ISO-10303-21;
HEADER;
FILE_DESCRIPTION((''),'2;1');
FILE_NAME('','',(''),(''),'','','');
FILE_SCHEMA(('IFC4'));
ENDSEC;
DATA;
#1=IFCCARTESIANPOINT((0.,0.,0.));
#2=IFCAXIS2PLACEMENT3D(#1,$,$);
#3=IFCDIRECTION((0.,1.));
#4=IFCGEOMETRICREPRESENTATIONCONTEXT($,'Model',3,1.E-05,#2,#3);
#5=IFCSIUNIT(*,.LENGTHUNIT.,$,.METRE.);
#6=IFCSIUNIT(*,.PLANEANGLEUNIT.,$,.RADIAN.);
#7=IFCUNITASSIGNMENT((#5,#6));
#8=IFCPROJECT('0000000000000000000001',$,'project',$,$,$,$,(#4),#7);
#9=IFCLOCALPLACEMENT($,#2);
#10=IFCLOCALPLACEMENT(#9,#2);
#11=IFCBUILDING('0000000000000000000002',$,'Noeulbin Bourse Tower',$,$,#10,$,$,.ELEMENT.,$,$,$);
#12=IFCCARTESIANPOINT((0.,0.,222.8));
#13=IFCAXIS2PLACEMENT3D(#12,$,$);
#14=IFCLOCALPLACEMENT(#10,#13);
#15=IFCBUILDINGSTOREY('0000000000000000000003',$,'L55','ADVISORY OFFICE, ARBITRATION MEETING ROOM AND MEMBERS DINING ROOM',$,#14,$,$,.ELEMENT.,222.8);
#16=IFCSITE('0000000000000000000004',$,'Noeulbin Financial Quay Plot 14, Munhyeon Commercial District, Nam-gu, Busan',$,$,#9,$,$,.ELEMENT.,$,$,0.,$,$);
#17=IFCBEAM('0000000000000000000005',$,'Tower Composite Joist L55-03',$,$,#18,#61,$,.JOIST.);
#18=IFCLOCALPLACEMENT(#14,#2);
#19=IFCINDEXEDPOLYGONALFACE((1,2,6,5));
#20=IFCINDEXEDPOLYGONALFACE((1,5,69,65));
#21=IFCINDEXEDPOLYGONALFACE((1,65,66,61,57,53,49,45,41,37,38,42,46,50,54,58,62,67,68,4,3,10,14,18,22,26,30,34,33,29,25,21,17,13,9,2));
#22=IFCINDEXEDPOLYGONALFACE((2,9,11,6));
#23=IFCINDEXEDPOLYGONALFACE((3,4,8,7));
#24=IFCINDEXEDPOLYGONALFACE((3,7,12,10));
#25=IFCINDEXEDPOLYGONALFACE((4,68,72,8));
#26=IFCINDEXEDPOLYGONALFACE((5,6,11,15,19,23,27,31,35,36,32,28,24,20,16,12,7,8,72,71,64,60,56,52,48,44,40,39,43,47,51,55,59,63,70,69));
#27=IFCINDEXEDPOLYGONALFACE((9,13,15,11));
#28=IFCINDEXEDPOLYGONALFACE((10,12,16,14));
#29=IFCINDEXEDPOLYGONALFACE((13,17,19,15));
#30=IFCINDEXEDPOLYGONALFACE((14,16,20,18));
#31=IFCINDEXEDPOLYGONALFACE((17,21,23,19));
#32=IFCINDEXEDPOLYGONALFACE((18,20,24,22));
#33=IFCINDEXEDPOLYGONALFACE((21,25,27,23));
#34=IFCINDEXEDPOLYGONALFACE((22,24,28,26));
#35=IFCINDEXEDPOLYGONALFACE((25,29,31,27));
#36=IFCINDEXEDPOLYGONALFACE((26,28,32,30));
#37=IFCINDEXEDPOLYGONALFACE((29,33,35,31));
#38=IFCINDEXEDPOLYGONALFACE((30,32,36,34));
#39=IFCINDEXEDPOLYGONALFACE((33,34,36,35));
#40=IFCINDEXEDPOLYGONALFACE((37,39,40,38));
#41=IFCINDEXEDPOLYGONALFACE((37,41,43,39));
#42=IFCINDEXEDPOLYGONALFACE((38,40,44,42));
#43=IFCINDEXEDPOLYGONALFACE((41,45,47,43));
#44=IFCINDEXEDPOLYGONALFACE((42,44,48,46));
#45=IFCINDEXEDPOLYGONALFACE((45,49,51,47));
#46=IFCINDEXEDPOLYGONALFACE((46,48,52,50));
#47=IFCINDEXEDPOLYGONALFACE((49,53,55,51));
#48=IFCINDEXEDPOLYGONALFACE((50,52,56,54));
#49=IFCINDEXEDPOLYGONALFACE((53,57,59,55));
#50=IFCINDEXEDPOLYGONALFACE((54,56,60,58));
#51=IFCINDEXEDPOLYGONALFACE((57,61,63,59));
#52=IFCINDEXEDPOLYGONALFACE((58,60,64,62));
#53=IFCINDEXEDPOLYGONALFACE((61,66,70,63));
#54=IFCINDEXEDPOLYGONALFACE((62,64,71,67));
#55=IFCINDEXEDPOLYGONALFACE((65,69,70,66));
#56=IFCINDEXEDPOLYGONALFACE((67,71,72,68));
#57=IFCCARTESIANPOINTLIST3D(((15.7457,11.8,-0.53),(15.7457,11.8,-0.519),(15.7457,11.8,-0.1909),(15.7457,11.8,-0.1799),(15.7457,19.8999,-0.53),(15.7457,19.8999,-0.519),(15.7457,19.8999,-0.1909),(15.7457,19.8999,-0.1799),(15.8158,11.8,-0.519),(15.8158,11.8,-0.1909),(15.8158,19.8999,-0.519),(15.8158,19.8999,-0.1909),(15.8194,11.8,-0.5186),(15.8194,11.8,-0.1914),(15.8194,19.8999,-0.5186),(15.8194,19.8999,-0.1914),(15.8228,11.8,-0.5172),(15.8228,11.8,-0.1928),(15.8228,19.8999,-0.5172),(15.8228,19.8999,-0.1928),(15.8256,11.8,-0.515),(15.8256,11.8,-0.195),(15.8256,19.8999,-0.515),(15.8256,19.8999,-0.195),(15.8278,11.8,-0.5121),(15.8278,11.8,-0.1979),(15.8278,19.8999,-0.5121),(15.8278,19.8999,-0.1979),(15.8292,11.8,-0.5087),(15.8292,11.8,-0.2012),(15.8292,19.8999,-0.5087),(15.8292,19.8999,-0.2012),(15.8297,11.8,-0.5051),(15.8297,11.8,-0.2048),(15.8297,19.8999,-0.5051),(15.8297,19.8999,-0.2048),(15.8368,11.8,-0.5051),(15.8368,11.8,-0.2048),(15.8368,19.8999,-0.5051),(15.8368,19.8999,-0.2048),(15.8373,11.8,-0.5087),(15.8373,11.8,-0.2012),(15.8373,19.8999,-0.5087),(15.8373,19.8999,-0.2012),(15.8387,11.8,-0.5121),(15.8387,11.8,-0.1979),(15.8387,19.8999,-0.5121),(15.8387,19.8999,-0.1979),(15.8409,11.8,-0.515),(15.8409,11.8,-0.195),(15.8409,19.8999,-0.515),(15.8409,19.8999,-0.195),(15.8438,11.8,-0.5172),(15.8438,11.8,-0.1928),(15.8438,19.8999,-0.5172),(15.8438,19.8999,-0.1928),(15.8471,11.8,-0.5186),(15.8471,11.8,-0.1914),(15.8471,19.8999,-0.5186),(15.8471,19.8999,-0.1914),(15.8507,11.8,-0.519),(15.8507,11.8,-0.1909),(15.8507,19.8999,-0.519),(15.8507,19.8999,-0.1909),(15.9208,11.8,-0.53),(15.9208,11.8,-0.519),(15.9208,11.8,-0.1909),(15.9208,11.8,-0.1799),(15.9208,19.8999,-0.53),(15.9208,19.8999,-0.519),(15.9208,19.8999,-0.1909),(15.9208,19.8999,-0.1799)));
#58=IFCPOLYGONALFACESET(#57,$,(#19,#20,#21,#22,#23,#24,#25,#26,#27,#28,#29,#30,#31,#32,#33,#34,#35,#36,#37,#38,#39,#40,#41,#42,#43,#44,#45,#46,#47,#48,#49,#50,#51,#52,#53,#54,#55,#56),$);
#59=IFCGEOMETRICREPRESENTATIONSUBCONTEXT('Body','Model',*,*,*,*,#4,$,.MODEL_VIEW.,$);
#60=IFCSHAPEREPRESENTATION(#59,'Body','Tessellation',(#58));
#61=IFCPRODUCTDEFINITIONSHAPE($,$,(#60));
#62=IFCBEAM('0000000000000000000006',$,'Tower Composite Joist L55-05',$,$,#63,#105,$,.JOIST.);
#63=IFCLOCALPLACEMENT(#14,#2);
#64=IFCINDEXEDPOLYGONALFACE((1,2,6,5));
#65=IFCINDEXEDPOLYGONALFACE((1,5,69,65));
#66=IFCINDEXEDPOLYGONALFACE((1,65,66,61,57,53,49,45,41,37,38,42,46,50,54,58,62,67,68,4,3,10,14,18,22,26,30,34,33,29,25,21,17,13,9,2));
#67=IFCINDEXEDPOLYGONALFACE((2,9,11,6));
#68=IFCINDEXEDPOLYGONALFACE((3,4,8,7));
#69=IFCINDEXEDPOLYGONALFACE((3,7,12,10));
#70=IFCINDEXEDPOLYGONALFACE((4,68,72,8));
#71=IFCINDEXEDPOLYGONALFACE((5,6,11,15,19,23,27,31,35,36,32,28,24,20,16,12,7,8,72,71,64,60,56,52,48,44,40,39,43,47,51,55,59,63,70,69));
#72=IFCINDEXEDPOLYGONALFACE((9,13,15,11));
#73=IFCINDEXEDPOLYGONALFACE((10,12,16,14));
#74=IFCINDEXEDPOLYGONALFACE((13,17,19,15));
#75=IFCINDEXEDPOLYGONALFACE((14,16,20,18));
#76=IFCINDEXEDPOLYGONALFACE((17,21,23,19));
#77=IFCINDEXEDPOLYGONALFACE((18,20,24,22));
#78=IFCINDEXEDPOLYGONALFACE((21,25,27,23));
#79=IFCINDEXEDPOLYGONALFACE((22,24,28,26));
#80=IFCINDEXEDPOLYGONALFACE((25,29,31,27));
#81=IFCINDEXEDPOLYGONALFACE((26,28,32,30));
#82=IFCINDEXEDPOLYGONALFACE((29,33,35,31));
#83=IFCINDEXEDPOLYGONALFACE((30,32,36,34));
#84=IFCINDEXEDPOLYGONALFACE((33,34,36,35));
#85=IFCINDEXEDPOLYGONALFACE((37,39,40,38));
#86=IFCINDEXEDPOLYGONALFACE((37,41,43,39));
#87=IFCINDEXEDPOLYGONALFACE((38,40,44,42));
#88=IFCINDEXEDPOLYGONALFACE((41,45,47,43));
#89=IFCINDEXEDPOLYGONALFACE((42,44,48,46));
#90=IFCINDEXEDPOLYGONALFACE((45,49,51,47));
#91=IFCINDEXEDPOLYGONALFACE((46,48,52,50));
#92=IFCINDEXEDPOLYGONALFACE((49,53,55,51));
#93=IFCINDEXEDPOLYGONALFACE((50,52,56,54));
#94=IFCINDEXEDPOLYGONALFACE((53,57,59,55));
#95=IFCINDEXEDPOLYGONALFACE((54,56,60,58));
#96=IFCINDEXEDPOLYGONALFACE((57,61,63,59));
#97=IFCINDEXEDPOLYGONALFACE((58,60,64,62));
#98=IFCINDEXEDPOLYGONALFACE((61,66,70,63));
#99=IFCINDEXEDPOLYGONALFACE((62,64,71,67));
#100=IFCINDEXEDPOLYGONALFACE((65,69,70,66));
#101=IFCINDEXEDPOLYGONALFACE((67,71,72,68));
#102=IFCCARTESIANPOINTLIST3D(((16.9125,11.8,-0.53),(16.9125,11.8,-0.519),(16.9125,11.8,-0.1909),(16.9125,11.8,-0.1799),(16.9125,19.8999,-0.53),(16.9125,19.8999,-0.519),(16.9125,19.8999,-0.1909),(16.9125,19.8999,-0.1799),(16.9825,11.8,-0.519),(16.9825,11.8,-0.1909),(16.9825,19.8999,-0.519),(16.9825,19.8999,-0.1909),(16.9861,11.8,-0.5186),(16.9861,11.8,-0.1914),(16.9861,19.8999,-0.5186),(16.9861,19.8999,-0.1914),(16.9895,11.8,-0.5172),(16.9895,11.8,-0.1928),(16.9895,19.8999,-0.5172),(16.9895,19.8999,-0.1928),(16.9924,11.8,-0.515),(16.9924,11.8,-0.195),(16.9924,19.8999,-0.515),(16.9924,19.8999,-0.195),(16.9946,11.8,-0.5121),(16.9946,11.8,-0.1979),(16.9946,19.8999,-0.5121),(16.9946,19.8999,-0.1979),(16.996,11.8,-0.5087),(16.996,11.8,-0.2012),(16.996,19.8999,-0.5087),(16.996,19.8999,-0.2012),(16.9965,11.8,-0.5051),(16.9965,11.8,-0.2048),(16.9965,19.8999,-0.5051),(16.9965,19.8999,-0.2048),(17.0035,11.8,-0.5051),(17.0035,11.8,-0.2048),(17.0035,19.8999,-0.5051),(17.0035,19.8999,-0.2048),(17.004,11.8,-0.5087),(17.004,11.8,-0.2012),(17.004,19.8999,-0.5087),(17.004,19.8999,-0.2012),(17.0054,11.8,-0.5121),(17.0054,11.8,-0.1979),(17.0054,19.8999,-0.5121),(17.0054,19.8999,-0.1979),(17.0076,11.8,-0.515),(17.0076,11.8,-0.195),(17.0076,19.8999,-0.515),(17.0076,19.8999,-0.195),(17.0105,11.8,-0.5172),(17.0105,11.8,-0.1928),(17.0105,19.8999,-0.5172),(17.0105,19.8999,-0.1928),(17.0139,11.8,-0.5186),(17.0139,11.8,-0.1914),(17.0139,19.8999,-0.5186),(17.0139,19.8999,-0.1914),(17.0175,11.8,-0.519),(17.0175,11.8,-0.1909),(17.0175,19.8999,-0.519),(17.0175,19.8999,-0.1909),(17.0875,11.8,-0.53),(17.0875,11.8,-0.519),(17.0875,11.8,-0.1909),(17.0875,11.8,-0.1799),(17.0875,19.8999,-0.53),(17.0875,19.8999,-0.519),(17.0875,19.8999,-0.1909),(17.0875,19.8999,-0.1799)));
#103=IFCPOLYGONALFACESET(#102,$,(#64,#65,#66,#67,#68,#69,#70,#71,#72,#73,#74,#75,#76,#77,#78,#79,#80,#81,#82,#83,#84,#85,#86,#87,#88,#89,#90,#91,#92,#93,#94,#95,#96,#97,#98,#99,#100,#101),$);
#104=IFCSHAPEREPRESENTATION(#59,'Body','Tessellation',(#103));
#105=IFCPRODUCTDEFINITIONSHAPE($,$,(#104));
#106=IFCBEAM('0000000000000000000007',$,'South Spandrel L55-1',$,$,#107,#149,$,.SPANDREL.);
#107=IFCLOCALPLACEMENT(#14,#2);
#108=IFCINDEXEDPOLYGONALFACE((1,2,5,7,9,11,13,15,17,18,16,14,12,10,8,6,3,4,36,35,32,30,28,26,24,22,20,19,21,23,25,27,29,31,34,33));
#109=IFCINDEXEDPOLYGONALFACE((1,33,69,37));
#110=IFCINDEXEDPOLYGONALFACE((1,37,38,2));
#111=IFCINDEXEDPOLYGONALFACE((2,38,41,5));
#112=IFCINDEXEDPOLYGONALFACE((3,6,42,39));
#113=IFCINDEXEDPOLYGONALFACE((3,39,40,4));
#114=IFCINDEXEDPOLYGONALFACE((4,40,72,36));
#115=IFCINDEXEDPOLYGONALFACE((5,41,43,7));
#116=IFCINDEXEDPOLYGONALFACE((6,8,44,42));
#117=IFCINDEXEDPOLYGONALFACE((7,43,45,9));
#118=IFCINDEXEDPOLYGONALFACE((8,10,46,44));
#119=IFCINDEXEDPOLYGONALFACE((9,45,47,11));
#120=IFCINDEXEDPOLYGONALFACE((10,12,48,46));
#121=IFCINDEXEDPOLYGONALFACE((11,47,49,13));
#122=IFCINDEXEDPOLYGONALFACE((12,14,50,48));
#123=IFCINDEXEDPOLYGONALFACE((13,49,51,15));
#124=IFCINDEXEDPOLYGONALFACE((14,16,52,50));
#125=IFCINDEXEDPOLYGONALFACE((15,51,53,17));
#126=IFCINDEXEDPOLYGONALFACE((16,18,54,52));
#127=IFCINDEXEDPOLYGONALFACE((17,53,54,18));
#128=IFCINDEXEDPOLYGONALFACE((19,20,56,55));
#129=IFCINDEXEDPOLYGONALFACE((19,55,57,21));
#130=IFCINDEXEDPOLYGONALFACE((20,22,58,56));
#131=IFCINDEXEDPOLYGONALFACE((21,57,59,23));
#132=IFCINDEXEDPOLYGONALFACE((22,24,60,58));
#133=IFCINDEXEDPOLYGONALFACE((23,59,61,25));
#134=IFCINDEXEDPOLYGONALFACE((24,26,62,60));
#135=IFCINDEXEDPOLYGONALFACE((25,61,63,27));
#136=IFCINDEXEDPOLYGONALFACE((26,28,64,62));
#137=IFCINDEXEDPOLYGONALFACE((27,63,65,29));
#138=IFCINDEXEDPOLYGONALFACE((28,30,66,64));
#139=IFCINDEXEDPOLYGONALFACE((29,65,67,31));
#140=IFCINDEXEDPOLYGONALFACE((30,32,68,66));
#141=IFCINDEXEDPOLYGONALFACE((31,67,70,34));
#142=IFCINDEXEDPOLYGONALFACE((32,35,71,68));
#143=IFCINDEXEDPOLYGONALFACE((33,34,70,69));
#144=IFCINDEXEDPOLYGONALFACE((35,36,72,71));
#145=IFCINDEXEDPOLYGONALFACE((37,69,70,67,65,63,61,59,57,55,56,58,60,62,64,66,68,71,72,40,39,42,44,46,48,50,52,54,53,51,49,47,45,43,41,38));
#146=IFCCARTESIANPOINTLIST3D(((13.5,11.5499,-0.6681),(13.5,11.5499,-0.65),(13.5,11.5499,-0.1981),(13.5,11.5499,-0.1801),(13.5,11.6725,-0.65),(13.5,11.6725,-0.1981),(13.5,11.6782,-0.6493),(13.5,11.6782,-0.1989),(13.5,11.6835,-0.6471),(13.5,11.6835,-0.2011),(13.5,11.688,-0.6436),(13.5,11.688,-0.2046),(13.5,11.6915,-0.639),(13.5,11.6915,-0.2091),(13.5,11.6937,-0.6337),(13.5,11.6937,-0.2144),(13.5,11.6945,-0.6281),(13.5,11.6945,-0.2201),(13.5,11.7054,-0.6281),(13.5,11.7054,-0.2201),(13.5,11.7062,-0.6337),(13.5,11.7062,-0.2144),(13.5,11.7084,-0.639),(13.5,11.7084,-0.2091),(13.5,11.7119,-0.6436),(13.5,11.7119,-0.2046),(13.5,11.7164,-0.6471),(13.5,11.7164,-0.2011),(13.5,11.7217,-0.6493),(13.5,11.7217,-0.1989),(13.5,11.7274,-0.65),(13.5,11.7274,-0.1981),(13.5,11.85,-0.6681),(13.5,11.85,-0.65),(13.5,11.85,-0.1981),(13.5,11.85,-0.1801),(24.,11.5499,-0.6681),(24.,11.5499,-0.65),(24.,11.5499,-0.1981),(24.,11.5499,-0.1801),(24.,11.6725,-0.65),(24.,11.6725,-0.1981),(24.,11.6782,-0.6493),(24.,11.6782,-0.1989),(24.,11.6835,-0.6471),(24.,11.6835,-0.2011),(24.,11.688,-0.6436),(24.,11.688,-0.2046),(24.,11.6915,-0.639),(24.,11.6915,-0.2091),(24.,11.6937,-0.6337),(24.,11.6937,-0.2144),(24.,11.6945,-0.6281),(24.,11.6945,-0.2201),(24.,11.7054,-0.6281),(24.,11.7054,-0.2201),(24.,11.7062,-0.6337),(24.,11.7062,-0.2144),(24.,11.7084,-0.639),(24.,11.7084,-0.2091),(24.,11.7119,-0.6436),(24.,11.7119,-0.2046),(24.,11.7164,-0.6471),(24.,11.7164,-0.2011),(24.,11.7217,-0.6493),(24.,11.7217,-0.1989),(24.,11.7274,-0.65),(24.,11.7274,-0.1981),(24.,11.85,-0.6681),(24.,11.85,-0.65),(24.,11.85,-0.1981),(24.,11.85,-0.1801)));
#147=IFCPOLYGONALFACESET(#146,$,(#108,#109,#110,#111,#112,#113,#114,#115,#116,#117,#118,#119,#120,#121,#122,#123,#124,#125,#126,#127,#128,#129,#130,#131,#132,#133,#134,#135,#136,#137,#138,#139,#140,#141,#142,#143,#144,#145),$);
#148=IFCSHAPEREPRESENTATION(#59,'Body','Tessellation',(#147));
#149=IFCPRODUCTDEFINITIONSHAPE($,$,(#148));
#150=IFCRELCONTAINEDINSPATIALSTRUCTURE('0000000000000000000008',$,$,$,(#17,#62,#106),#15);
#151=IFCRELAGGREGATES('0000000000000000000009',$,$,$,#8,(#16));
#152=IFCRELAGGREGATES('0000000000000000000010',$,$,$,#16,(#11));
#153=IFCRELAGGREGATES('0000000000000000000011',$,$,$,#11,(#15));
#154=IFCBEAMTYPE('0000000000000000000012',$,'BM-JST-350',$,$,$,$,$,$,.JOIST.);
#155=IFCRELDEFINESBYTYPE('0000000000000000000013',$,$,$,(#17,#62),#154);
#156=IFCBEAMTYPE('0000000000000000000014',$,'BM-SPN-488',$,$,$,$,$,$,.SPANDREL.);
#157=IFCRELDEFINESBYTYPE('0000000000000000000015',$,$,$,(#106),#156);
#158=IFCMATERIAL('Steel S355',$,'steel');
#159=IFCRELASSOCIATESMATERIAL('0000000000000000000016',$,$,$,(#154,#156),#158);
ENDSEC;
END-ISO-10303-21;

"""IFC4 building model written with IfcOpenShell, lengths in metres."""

from ifc_helpers import new_model, si_unit, direction, frame, origin, origin_2d, place, context, subcontext, project, spatial, i_section, extrude, material, material_profile, profile_set, type_object, element, save


model = new_model("IFC4")

# Units and contexts
model_context = context("Model", 3, precision=1e-05, world=origin(), true_north=direction((0.0, 1.0)))
body_context = subcontext(model_context, "Body", "Model", "MODEL_VIEW")
ifc_project = project(units=[si_unit("LENGTHUNIT", "METRE"), si_unit("PLANEANGLEUNIT", "RADIAN")], contexts=[model_context])

# Site, building, storey
site_placement = place(None, origin())
site = spatial("IfcSite", under=ifc_project, at=site_placement, Name="Noeulbin Financial Quay Plot 14, Munhyeon Commercial District, Nam-gu, Busan", CompositionType="ELEMENT", RefElevation=0.0)
building_placement = place(site_placement, origin())
building = spatial("IfcBuilding", under=site, at=building_placement, Name="Noeulbin Bourse Tower", CompositionType="ELEMENT")
storey_placement = place(building_placement, frame((0.0, 0.0, 222.8)))
storey = spatial("IfcBuildingStorey", under=building, at=storey_placement, Name="L55", Description="ADVISORY OFFICE, ARBITRATION MEETING ROOM AND MEMBERS DINING ROOM", CompositionType="ELEMENT", Elevation=222.8)

# Shared definitions
ifc_material_1 = material(Name="Steel S355", Category="steel")

# Beams
ifc_material_profile_1 = material_profile(ifc_material_1, i_section(OverallWidth=0.175, OverallDepth=0.3501, WebThickness=0.0071, FlangeThickness=0.011, FilletRadius=0.0139, at=origin_2d()), Name="H-350x175x7x11", Category="LoadBearing")
ifc_profile_set_1 = profile_set([ifc_material_profile_1], Name="Steel S355")
beam_type_1 = type_object("IfcBeamType", Name="BM-JST-350", PredefinedType="JOIST", material=ifc_profile_set_1)
for number, where, z_axis, x_axis, name in (
    (1, (15.8333, 11.8, -0.355), (0.0, 1.0, 0.0), (-1.0, 0.0, 0.0), "Tower Composite Joist L55-03"),
    (2, (17.0, 11.8, -0.355), (0.0, 1.0, 0.0), (-1.0, 0.0, 0.0), "Tower Composite Joist L55-05"),
):
    element("IfcBeam", number, at=place(storey_placement, frame(where, z_axis=z_axis, x_axis=x_axis)), inside=storey, type_object=beam_type_1, Name=name, PredefinedType="JOIST", context=body_context, shape_type="SweptSolid", body=[
        extrude(i_section(OverallWidth=0.175, OverallDepth=0.3501, WebThickness=0.0071, FlangeThickness=0.011, FilletRadius=0.0139, at=origin_2d()), origin(), (0.0, 0.0, 1.0), 8.0999),
    ])
ifc_material_profile_2 = material_profile(ifc_material_1, i_section(OverallWidth=0.3, OverallDepth=0.488, WebThickness=0.011, FlangeThickness=0.0181, FilletRadius=0.022, at=origin_2d()), Name="H-488x300x11x18", Category="LoadBearing")
ifc_profile_set_2 = profile_set([ifc_material_profile_2], Name="Steel S355")
beam_type_2 = type_object("IfcBeamType", Name="BM-SPN-488", PredefinedType="SPANDREL", material=ifc_profile_set_2)
beam_1_placement = place(storey_placement, frame((13.5, 11.7, -0.4241), z_axis=(1.0, 0.0, 0.0), x_axis=(0.0, 1.0, 0.0)))
element("IfcBeam", 3, at=beam_1_placement, inside=storey, type_object=beam_type_2, Name="South Spandrel L55-1", PredefinedType="SPANDREL", context=body_context, shape_type="SweptSolid", body=[
    extrude(i_section(OverallWidth=0.3, OverallDepth=0.488, WebThickness=0.011, FlangeThickness=0.0181, FilletRadius=0.022, at=origin_2d()), origin(), (0.0, 0.0, 1.0), 10.5),
])

save(model, "model.ifc")
